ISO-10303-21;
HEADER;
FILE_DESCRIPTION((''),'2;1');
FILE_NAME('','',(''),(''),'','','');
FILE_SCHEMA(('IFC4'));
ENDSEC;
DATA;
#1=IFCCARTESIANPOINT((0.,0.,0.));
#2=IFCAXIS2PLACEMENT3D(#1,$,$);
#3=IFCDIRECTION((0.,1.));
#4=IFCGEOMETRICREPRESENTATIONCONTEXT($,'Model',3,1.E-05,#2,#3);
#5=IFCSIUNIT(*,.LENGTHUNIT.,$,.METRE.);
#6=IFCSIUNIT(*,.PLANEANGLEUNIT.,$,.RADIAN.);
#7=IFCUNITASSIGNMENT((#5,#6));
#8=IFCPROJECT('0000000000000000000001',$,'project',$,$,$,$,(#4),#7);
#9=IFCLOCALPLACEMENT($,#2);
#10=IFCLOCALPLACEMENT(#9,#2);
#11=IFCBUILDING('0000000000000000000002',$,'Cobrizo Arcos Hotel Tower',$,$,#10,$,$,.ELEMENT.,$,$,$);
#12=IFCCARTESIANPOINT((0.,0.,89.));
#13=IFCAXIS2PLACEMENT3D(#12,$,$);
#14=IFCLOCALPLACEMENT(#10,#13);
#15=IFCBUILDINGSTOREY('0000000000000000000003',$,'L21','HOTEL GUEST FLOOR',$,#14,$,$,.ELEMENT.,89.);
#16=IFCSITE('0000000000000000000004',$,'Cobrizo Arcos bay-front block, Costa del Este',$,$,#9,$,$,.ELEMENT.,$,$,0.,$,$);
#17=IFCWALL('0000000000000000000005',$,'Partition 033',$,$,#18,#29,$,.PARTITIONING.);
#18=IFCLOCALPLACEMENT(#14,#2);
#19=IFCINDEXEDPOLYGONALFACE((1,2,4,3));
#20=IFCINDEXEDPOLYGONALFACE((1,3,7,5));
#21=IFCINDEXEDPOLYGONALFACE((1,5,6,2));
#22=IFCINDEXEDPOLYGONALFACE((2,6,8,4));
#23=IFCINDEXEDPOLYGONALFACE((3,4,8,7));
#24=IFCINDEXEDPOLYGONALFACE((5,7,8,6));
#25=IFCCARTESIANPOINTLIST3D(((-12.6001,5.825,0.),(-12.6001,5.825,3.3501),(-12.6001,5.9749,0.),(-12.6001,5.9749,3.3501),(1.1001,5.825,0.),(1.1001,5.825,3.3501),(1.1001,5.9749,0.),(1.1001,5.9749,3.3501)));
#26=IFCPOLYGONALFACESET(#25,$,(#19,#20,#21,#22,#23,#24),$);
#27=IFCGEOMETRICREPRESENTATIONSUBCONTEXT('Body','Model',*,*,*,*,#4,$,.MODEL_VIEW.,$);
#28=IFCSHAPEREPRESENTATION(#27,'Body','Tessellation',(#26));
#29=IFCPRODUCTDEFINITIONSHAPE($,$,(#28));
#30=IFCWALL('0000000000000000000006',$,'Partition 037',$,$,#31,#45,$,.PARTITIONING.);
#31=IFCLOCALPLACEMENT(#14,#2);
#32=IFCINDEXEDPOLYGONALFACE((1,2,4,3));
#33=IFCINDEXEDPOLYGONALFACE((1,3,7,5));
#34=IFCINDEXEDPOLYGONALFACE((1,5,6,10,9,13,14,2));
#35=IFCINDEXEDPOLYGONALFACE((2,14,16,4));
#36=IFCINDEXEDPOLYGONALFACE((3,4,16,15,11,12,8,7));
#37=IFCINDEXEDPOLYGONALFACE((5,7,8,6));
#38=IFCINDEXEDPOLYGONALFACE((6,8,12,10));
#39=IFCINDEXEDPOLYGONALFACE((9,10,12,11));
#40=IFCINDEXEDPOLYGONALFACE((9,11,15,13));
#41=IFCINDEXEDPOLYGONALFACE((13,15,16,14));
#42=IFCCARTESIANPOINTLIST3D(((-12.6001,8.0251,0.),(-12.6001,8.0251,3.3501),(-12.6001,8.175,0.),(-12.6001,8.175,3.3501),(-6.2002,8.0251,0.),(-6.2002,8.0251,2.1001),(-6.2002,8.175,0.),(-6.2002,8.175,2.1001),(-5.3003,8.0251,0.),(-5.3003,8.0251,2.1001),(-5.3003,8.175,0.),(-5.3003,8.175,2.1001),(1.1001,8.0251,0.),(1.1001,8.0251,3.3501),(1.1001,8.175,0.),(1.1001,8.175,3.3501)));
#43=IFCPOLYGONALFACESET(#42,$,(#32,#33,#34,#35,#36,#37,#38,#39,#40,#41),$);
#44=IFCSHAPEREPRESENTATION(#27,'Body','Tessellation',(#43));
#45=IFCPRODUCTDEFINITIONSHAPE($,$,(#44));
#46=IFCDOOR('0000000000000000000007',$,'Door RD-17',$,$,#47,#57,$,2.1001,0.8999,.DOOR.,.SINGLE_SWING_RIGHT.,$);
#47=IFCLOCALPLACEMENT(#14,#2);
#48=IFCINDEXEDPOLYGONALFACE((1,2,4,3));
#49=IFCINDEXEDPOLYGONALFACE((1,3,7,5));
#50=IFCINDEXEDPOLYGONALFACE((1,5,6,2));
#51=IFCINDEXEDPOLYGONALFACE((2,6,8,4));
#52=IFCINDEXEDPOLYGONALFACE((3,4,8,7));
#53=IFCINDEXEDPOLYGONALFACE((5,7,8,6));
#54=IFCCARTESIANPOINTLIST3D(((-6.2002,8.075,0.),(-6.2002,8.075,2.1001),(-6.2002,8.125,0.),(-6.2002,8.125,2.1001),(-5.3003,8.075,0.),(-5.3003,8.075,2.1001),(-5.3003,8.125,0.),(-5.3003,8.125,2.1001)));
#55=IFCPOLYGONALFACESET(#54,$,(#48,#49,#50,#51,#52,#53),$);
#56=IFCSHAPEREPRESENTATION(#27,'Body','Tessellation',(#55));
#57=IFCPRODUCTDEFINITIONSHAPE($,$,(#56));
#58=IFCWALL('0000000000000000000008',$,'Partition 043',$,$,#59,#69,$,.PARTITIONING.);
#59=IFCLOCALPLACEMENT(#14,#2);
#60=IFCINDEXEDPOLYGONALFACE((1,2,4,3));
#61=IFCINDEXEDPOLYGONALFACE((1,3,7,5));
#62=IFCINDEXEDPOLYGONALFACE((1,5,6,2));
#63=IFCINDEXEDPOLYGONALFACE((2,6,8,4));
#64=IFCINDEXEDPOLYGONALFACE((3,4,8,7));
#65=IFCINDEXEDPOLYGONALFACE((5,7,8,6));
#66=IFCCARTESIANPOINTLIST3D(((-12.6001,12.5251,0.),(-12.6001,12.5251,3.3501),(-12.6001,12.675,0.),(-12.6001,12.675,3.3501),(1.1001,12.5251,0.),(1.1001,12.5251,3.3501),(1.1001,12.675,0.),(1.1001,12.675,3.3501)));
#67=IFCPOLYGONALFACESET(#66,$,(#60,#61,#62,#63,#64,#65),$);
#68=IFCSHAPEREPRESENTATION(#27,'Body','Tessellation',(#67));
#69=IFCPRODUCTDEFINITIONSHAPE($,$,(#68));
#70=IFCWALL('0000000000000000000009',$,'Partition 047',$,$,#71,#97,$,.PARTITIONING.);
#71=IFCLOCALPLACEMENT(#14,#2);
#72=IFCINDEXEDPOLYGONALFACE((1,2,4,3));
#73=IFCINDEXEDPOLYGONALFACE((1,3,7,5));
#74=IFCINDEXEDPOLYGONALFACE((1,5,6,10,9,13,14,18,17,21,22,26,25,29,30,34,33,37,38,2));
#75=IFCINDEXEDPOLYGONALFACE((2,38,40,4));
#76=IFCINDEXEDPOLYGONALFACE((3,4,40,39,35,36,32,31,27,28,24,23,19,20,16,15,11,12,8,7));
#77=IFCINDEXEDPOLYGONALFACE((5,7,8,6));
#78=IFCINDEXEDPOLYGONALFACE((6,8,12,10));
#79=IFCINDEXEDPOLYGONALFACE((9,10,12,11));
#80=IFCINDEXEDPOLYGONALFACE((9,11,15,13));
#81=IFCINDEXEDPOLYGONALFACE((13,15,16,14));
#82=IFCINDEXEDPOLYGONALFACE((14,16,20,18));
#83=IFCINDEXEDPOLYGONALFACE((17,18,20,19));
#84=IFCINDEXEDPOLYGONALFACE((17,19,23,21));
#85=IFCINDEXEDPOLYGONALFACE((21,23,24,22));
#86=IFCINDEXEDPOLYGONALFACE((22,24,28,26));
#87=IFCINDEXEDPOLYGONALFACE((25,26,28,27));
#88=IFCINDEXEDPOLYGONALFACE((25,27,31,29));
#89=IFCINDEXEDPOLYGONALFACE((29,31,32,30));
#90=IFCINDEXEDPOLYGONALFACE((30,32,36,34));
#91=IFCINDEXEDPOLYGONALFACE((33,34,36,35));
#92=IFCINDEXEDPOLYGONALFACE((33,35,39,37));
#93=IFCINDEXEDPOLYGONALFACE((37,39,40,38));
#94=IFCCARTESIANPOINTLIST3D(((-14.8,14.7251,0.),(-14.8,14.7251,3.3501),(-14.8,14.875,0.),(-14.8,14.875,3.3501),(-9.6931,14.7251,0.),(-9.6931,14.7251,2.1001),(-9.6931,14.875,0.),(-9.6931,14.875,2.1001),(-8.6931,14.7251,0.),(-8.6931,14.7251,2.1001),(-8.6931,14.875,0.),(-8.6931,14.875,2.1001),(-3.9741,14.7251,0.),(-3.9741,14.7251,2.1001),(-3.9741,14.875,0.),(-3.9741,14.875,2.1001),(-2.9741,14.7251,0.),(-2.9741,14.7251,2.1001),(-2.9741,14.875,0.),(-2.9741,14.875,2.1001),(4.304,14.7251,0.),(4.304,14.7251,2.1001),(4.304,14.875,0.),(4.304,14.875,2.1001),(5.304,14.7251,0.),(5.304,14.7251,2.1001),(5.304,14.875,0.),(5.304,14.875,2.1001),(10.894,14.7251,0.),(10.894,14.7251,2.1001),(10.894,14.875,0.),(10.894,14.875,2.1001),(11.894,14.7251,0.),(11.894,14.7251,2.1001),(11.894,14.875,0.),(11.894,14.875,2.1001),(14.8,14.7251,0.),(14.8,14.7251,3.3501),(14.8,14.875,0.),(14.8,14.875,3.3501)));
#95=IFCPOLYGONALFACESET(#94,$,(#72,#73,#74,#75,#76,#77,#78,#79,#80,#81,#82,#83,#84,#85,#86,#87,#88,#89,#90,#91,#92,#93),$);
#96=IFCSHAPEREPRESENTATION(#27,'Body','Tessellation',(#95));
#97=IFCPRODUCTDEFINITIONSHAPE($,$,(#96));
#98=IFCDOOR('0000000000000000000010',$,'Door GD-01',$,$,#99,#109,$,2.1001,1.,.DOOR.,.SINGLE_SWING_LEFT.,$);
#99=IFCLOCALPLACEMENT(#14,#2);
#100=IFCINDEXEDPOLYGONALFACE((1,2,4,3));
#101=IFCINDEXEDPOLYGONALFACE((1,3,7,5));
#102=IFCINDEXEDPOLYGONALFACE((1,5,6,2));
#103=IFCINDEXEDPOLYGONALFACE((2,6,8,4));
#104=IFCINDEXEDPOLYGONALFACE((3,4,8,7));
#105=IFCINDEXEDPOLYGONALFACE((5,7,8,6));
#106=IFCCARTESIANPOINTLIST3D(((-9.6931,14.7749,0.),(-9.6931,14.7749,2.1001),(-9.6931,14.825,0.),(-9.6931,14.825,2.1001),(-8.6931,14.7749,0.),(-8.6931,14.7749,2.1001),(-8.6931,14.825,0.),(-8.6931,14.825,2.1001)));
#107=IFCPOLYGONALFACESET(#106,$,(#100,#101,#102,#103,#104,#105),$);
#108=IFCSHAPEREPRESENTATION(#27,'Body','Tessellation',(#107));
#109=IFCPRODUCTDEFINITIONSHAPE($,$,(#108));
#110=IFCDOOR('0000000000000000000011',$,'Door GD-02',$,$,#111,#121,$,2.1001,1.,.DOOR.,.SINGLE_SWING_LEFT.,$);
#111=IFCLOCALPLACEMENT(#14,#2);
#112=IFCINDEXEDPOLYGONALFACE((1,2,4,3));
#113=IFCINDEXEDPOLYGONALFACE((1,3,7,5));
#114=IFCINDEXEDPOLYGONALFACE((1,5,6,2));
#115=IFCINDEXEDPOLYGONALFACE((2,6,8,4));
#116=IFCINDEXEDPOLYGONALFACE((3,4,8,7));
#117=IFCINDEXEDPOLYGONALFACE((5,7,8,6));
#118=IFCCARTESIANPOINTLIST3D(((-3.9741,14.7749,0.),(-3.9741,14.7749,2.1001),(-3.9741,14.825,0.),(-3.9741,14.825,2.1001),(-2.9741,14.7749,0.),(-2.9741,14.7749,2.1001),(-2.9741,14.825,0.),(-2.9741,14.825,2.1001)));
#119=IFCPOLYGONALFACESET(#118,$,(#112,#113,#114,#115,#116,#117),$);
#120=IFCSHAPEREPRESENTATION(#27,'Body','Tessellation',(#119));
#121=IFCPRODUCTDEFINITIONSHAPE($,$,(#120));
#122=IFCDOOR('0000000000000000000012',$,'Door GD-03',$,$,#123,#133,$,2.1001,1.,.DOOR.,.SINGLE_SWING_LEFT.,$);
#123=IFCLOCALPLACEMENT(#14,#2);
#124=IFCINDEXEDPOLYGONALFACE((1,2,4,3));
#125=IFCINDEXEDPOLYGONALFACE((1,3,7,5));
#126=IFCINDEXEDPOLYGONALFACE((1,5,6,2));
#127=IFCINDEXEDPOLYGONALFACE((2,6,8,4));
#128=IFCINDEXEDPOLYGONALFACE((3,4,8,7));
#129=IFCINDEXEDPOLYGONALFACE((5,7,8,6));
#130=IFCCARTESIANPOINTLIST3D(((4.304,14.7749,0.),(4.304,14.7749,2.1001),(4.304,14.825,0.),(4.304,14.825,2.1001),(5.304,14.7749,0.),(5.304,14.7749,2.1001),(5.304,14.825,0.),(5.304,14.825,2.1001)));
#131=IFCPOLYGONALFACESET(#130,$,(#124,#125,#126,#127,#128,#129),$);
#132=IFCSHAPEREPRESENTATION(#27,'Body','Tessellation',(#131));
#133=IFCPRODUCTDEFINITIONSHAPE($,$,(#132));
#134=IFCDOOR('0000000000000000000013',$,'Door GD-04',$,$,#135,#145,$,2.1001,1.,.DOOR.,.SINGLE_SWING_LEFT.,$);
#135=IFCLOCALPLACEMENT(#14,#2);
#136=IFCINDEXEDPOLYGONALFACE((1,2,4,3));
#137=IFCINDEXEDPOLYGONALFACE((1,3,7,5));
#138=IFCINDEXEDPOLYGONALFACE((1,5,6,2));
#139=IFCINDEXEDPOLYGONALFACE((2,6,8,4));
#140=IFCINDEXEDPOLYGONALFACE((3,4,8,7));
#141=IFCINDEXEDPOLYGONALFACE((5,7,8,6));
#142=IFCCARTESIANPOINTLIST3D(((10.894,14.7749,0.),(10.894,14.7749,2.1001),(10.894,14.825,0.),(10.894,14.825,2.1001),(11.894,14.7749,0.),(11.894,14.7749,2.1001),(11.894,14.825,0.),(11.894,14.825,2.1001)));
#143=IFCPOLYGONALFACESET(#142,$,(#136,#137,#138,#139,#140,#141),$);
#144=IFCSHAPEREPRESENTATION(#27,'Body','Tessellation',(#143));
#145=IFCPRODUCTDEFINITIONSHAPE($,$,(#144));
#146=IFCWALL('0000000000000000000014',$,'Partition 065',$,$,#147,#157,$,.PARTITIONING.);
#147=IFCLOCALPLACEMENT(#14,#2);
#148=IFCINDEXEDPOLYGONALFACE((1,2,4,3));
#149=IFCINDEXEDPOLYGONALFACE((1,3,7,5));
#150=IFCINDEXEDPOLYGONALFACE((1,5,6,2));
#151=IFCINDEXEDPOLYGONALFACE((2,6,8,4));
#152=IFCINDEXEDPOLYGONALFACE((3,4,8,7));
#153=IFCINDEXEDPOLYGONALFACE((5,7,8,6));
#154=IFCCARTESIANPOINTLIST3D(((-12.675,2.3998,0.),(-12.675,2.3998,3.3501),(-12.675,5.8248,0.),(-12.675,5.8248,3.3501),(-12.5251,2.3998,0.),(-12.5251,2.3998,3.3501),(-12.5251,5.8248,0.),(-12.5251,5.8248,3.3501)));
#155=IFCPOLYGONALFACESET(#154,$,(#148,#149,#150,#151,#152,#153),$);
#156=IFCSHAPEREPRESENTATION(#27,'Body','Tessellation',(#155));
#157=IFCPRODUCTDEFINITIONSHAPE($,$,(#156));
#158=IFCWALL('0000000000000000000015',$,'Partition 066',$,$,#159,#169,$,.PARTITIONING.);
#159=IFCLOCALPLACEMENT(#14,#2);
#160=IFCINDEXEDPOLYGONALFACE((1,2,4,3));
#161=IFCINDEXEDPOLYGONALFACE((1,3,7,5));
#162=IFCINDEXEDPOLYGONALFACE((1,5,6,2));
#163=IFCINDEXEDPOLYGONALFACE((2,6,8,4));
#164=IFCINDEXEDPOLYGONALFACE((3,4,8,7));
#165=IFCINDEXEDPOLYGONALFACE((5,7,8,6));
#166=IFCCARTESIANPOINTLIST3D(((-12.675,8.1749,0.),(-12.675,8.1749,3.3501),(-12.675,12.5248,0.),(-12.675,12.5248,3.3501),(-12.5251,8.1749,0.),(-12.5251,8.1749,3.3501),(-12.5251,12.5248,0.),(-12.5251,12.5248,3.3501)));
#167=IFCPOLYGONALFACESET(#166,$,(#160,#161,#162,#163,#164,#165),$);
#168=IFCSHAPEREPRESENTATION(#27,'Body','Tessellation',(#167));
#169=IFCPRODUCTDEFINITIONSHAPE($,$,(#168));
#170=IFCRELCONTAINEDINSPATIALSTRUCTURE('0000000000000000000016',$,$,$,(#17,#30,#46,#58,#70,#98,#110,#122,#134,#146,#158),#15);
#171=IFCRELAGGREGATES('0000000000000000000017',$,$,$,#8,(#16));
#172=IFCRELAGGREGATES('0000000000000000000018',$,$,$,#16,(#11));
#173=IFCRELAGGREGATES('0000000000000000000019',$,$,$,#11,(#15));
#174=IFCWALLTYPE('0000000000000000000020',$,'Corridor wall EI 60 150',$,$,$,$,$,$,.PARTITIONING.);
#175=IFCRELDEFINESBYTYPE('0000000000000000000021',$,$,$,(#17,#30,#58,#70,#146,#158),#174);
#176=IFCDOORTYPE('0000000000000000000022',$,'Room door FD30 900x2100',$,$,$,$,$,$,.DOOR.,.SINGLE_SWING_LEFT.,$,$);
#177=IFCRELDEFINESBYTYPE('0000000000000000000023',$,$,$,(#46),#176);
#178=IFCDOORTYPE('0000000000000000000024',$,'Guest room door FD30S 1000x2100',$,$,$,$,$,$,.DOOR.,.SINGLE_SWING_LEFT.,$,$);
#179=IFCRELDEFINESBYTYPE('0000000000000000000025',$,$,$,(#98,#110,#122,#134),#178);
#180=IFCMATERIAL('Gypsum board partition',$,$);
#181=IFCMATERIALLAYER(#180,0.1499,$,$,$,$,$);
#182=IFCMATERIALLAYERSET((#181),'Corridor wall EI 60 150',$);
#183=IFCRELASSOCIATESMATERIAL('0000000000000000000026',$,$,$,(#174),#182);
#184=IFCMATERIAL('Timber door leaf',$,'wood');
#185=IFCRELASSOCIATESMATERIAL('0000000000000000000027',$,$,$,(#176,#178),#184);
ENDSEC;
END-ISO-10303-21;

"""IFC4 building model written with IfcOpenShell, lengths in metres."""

from ifc_helpers import new_model, si_unit, direction, frame, frame_2d, origin, place, context, subcontext, project, spatial, rectangle, extrude, material, layer, layer_set, type_object, element, fill, save


model = new_model("IFC4")

# Units and contexts
model_context = context("Model", 3, precision=1e-05, world=origin(), true_north=direction((0.0, 1.0)))
body_context = subcontext(model_context, "Body", "Model", "MODEL_VIEW")
ifc_project = project(units=[si_unit("LENGTHUNIT", "METRE"), si_unit("PLANEANGLEUNIT", "RADIAN")], contexts=[model_context])

# Site, building, storey
site_placement = place(None, origin())
site = spatial("IfcSite", under=ifc_project, at=site_placement, Name="Cobrizo Arcos bay-front block, Costa del Este", CompositionType="ELEMENT", RefElevation=0.0)
building_placement = place(site_placement, origin())
building = spatial("IfcBuilding", under=site, at=building_placement, Name="Cobrizo Arcos Hotel Tower", CompositionType="ELEMENT")
storey_placement = place(building_placement, frame((0.0, 0.0, 89.0)))
storey = spatial("IfcBuildingStorey", under=building, at=storey_placement, Name="L21", Description="HOTEL GUEST FLOOR", CompositionType="ELEMENT", Elevation=89.0)

# Wall
ifc_material_1 = material(Name="Gypsum board partition")
ifc_layer_1 = layer(ifc_material_1, 0.1499)
ifc_layer_set_1 = layer_set([ifc_layer_1], Name="Corridor wall EI 60 150")
wall_type_1 = type_object("IfcWallType", Name="Corridor wall EI 60 150", PredefinedType="PARTITIONING", material=ifc_layer_set_1)
wall_1_placement = place(storey_placement, frame((-12.6001, 5.8999, 0.0), z_axis=(0.0, 0.0, 1.0), x_axis=(1.0, 0.0, 0.0)))
element("IfcWall", 1, at=wall_1_placement, inside=storey, type_object=wall_type_1, Name="Partition 033", PredefinedType="PARTITIONING", context=body_context, shape_type="SweptSolid", body=[
    extrude(rectangle(XDim=13.7002, YDim=0.1499, at=frame_2d((6.8501, 0.0))), origin(), (0.0, 0.0, 1.0), 3.3501),
])

# Wall, opening, door
wall_2_placement = place(storey_placement, frame((-12.6001, 8.1001, 0.0), z_axis=(0.0, 0.0, 1.0), x_axis=(1.0, 0.0, 0.0)))
wall_2 = element("IfcWall", 2, at=wall_2_placement, inside=storey, type_object=wall_type_1, Name="Partition 037", PredefinedType="PARTITIONING", context=body_context, shape_type="SweptSolid", body=[
    extrude(rectangle(XDim=13.7002, YDim=0.1499, at=frame_2d((6.8501, 0.0))), origin(), (0.0, 0.0, 1.0), 3.3501),
])
opening_1_placement = place(wall_2_placement, frame((6.3999, 0.0, 0.0)))
opening_1 = element("IfcOpeningElement", 3, at=opening_1_placement, cuts=wall_2, PredefinedType="OPENING", context=body_context, shape_type="SweptSolid", body=[
    extrude(rectangle(XDim=0.8999, YDim=2.1001, at=frame_2d((0.45, 1.05))), frame((0.0, 0.0869, 0.0), z_axis=(0.0, -1.0, 0.0), x_axis=(1.0, 0.0, 0.0)), (0.0, 0.0, 1.0), 0.1738),
])
ifc_material_2 = material(Name="Timber door leaf", Category="wood")
door_type_1 = type_object("IfcDoorType", Name="Room door FD30 900x2100", OperationType="SINGLE_SWING_LEFT", PredefinedType="DOOR", material=ifc_material_2)
door_1_placement = place(opening_1_placement, origin())
door_1 = element("IfcDoor", 4, at=door_1_placement, inside=storey, type_object=door_type_1, Name="Door RD-17", OperationType="SINGLE_SWING_RIGHT", OverallHeight=2.1001, OverallWidth=0.8999, PredefinedType="DOOR", context=body_context, shape_type="SweptSolid", body=[
    extrude(rectangle(XDim=0.8999, YDim=2.1001, at=frame_2d((0.45, 1.05))), frame((0.0, 0.0249, 0.0), z_axis=(0.0, -1.0, 0.0), x_axis=(1.0, 0.0, 0.0)), (0.0, 0.0, 1.0), 0.05),
])
fill(opening_1, door_1)

# Wall
wall_3_placement = place(storey_placement, frame((-12.6001, 12.6001, 0.0), z_axis=(0.0, 0.0, 1.0), x_axis=(1.0, 0.0, 0.0)))
element("IfcWall", 5, at=wall_3_placement, inside=storey, type_object=wall_type_1, Name="Partition 043", PredefinedType="PARTITIONING", context=body_context, shape_type="SweptSolid", body=[
    extrude(rectangle(XDim=13.7002, YDim=0.1499, at=frame_2d((6.8501, 0.0))), origin(), (0.0, 0.0, 1.0), 3.3501),
])

# Wall, openings, doors
wall_4_placement = place(storey_placement, frame((-14.8, 14.8, 0.0), z_axis=(0.0, 0.0, 1.0), x_axis=(1.0, 0.0, 0.0)))
wall_4 = element("IfcWall", 6, at=wall_4_placement, inside=storey, type_object=wall_type_1, Name="Partition 047", PredefinedType="PARTITIONING", context=body_context, shape_type="SweptSolid", body=[
    extrude(rectangle(XDim=29.6001, YDim=0.1499, at=frame_2d((14.8, 0.0))), origin(), (0.0, 0.0, 1.0), 3.3501),
])
opening_2_placement = place(wall_4_placement, frame((5.1069, 0.0, 0.0)))
opening_2 = element("IfcOpeningElement", 7, at=opening_2_placement, cuts=wall_4, PredefinedType="OPENING", context=body_context, shape_type="SweptSolid", body=[
    extrude(rectangle(XDim=1.0, YDim=2.1001, at=frame_2d((0.5, 1.05))), frame((0.0, 0.0869, 0.0), z_axis=(0.0, -1.0, 0.0), x_axis=(1.0, 0.0, 0.0)), (0.0, 0.0, 1.0), 0.1738),
])
opening_3_placement = place(wall_4_placement, frame((10.8259, 0.0, 0.0)))
opening_3 = element("IfcOpeningElement", 8, at=opening_3_placement, cuts=wall_4, PredefinedType="OPENING", context=body_context, shape_type="SweptSolid", body=[
    extrude(rectangle(XDim=1.0, YDim=2.1001, at=frame_2d((0.5, 1.05))), frame((0.0, 0.0869, 0.0), z_axis=(0.0, -1.0, 0.0), x_axis=(1.0, 0.0, 0.0)), (0.0, 0.0, 1.0), 0.1738),
])
opening_4_placement = place(wall_4_placement, frame((19.104, 0.0, 0.0)))
opening_4 = element("IfcOpeningElement", 9, at=opening_4_placement, cuts=wall_4, PredefinedType="OPENING", context=body_context, shape_type="SweptSolid", body=[
    extrude(rectangle(XDim=1.0, YDim=2.1001, at=frame_2d((0.5, 1.05))), frame((0.0, 0.0869, 0.0), z_axis=(0.0, -1.0, 0.0), x_axis=(1.0, 0.0, 0.0)), (0.0, 0.0, 1.0), 0.1738),
])
opening_5_placement = place(wall_4_placement, frame((25.6941, 0.0, 0.0)))
opening_5 = element("IfcOpeningElement", 10, at=opening_5_placement, cuts=wall_4, PredefinedType="OPENING", context=body_context, shape_type="SweptSolid", body=[
    extrude(rectangle(XDim=1.0, YDim=2.1001, at=frame_2d((0.5, 1.05))), frame((0.0, 0.0869, 0.0), z_axis=(0.0, -1.0, 0.0), x_axis=(1.0, 0.0, 0.0)), (0.0, 0.0, 1.0), 0.1738),
])
door_type_2 = type_object("IfcDoorType", Name="Guest room door FD30S 1000x2100", OperationType="SINGLE_SWING_LEFT", PredefinedType="DOOR", material=ifc_material_2)
door_2_placement = place(opening_2_placement, origin())
door_2 = element("IfcDoor", 11, at=door_2_placement, inside=storey, type_object=door_type_2, Name="Door GD-01", OperationType="SINGLE_SWING_LEFT", OverallHeight=2.1001, OverallWidth=1.0, PredefinedType="DOOR", context=body_context, shape_type="SweptSolid", body=[
    extrude(rectangle(XDim=1.0, YDim=2.1001, at=frame_2d((0.5, 1.05))), frame((0.0, 0.0249, 0.0), z_axis=(0.0, -1.0, 0.0), x_axis=(1.0, 0.0, 0.0)), (0.0, 0.0, 1.0), 0.05),
])
fill(opening_2, door_2)
door_3_placement = place(opening_3_placement, origin())
door_3 = element("IfcDoor", 12, at=door_3_placement, inside=storey, type_object=door_type_2, Name="Door GD-02", OperationType="SINGLE_SWING_LEFT", OverallHeight=2.1001, OverallWidth=1.0, PredefinedType="DOOR", context=body_context, shape_type="SweptSolid", body=[
    extrude(rectangle(XDim=1.0, YDim=2.1001, at=frame_2d((0.5, 1.05))), frame((0.0, 0.0249, 0.0), z_axis=(0.0, -1.0, 0.0), x_axis=(1.0, 0.0, 0.0)), (0.0, 0.0, 1.0), 0.05),
])
fill(opening_3, door_3)
door_4_placement = place(opening_4_placement, origin())
door_4 = element("IfcDoor", 13, at=door_4_placement, inside=storey, type_object=door_type_2, Name="Door GD-03", OperationType="SINGLE_SWING_LEFT", OverallHeight=2.1001, OverallWidth=1.0, PredefinedType="DOOR", context=body_context, shape_type="SweptSolid", body=[
    extrude(rectangle(XDim=1.0, YDim=2.1001, at=frame_2d((0.5, 1.05))), frame((0.0, 0.0249, 0.0), z_axis=(0.0, -1.0, 0.0), x_axis=(1.0, 0.0, 0.0)), (0.0, 0.0, 1.0), 0.05),
])
fill(opening_4, door_4)
door_5_placement = place(opening_5_placement, origin())
door_5 = element("IfcDoor", 14, at=door_5_placement, inside=storey, type_object=door_type_2, Name="Door GD-04", OperationType="SINGLE_SWING_LEFT", OverallHeight=2.1001, OverallWidth=1.0, PredefinedType="DOOR", context=body_context, shape_type="SweptSolid", body=[
    extrude(rectangle(XDim=1.0, YDim=2.1001, at=frame_2d((0.5, 1.05))), frame((0.0, 0.0249, 0.0), z_axis=(0.0, -1.0, 0.0), x_axis=(1.0, 0.0, 0.0)), (0.0, 0.0, 1.0), 0.05),
])
fill(opening_5, door_5)

# Walls
wall_5_placement = place(storey_placement, frame((-12.6001, 2.3999, 0.0), z_axis=(0.0, 0.0, 1.0), x_axis=(0.0, 1.0, 0.0)))
element("IfcWall", 15, at=wall_5_placement, inside=storey, type_object=wall_type_1, Name="Partition 065", PredefinedType="PARTITIONING", context=body_context, shape_type="SweptSolid", body=[
    extrude(rectangle(XDim=3.425, YDim=0.1499, at=frame_2d((1.7124, 0.0))), origin(), (0.0, 0.0, 1.0), 3.3501),
])
wall_6_placement = place(storey_placement, frame((-12.6001, 8.175, 0.0), z_axis=(0.0, 0.0, 1.0), x_axis=(0.0, 1.0, 0.0)))
element("IfcWall", 16, at=wall_6_placement, inside=storey, type_object=wall_type_1, Name="Partition 066", PredefinedType="PARTITIONING", context=body_context, shape_type="SweptSolid", body=[
    extrude(rectangle(XDim=4.3499, YDim=0.1499, at=frame_2d((2.1748, 0.0))), origin(), (0.0, 0.0, 1.0), 3.3501),
])

save(model, "model.ifc")
